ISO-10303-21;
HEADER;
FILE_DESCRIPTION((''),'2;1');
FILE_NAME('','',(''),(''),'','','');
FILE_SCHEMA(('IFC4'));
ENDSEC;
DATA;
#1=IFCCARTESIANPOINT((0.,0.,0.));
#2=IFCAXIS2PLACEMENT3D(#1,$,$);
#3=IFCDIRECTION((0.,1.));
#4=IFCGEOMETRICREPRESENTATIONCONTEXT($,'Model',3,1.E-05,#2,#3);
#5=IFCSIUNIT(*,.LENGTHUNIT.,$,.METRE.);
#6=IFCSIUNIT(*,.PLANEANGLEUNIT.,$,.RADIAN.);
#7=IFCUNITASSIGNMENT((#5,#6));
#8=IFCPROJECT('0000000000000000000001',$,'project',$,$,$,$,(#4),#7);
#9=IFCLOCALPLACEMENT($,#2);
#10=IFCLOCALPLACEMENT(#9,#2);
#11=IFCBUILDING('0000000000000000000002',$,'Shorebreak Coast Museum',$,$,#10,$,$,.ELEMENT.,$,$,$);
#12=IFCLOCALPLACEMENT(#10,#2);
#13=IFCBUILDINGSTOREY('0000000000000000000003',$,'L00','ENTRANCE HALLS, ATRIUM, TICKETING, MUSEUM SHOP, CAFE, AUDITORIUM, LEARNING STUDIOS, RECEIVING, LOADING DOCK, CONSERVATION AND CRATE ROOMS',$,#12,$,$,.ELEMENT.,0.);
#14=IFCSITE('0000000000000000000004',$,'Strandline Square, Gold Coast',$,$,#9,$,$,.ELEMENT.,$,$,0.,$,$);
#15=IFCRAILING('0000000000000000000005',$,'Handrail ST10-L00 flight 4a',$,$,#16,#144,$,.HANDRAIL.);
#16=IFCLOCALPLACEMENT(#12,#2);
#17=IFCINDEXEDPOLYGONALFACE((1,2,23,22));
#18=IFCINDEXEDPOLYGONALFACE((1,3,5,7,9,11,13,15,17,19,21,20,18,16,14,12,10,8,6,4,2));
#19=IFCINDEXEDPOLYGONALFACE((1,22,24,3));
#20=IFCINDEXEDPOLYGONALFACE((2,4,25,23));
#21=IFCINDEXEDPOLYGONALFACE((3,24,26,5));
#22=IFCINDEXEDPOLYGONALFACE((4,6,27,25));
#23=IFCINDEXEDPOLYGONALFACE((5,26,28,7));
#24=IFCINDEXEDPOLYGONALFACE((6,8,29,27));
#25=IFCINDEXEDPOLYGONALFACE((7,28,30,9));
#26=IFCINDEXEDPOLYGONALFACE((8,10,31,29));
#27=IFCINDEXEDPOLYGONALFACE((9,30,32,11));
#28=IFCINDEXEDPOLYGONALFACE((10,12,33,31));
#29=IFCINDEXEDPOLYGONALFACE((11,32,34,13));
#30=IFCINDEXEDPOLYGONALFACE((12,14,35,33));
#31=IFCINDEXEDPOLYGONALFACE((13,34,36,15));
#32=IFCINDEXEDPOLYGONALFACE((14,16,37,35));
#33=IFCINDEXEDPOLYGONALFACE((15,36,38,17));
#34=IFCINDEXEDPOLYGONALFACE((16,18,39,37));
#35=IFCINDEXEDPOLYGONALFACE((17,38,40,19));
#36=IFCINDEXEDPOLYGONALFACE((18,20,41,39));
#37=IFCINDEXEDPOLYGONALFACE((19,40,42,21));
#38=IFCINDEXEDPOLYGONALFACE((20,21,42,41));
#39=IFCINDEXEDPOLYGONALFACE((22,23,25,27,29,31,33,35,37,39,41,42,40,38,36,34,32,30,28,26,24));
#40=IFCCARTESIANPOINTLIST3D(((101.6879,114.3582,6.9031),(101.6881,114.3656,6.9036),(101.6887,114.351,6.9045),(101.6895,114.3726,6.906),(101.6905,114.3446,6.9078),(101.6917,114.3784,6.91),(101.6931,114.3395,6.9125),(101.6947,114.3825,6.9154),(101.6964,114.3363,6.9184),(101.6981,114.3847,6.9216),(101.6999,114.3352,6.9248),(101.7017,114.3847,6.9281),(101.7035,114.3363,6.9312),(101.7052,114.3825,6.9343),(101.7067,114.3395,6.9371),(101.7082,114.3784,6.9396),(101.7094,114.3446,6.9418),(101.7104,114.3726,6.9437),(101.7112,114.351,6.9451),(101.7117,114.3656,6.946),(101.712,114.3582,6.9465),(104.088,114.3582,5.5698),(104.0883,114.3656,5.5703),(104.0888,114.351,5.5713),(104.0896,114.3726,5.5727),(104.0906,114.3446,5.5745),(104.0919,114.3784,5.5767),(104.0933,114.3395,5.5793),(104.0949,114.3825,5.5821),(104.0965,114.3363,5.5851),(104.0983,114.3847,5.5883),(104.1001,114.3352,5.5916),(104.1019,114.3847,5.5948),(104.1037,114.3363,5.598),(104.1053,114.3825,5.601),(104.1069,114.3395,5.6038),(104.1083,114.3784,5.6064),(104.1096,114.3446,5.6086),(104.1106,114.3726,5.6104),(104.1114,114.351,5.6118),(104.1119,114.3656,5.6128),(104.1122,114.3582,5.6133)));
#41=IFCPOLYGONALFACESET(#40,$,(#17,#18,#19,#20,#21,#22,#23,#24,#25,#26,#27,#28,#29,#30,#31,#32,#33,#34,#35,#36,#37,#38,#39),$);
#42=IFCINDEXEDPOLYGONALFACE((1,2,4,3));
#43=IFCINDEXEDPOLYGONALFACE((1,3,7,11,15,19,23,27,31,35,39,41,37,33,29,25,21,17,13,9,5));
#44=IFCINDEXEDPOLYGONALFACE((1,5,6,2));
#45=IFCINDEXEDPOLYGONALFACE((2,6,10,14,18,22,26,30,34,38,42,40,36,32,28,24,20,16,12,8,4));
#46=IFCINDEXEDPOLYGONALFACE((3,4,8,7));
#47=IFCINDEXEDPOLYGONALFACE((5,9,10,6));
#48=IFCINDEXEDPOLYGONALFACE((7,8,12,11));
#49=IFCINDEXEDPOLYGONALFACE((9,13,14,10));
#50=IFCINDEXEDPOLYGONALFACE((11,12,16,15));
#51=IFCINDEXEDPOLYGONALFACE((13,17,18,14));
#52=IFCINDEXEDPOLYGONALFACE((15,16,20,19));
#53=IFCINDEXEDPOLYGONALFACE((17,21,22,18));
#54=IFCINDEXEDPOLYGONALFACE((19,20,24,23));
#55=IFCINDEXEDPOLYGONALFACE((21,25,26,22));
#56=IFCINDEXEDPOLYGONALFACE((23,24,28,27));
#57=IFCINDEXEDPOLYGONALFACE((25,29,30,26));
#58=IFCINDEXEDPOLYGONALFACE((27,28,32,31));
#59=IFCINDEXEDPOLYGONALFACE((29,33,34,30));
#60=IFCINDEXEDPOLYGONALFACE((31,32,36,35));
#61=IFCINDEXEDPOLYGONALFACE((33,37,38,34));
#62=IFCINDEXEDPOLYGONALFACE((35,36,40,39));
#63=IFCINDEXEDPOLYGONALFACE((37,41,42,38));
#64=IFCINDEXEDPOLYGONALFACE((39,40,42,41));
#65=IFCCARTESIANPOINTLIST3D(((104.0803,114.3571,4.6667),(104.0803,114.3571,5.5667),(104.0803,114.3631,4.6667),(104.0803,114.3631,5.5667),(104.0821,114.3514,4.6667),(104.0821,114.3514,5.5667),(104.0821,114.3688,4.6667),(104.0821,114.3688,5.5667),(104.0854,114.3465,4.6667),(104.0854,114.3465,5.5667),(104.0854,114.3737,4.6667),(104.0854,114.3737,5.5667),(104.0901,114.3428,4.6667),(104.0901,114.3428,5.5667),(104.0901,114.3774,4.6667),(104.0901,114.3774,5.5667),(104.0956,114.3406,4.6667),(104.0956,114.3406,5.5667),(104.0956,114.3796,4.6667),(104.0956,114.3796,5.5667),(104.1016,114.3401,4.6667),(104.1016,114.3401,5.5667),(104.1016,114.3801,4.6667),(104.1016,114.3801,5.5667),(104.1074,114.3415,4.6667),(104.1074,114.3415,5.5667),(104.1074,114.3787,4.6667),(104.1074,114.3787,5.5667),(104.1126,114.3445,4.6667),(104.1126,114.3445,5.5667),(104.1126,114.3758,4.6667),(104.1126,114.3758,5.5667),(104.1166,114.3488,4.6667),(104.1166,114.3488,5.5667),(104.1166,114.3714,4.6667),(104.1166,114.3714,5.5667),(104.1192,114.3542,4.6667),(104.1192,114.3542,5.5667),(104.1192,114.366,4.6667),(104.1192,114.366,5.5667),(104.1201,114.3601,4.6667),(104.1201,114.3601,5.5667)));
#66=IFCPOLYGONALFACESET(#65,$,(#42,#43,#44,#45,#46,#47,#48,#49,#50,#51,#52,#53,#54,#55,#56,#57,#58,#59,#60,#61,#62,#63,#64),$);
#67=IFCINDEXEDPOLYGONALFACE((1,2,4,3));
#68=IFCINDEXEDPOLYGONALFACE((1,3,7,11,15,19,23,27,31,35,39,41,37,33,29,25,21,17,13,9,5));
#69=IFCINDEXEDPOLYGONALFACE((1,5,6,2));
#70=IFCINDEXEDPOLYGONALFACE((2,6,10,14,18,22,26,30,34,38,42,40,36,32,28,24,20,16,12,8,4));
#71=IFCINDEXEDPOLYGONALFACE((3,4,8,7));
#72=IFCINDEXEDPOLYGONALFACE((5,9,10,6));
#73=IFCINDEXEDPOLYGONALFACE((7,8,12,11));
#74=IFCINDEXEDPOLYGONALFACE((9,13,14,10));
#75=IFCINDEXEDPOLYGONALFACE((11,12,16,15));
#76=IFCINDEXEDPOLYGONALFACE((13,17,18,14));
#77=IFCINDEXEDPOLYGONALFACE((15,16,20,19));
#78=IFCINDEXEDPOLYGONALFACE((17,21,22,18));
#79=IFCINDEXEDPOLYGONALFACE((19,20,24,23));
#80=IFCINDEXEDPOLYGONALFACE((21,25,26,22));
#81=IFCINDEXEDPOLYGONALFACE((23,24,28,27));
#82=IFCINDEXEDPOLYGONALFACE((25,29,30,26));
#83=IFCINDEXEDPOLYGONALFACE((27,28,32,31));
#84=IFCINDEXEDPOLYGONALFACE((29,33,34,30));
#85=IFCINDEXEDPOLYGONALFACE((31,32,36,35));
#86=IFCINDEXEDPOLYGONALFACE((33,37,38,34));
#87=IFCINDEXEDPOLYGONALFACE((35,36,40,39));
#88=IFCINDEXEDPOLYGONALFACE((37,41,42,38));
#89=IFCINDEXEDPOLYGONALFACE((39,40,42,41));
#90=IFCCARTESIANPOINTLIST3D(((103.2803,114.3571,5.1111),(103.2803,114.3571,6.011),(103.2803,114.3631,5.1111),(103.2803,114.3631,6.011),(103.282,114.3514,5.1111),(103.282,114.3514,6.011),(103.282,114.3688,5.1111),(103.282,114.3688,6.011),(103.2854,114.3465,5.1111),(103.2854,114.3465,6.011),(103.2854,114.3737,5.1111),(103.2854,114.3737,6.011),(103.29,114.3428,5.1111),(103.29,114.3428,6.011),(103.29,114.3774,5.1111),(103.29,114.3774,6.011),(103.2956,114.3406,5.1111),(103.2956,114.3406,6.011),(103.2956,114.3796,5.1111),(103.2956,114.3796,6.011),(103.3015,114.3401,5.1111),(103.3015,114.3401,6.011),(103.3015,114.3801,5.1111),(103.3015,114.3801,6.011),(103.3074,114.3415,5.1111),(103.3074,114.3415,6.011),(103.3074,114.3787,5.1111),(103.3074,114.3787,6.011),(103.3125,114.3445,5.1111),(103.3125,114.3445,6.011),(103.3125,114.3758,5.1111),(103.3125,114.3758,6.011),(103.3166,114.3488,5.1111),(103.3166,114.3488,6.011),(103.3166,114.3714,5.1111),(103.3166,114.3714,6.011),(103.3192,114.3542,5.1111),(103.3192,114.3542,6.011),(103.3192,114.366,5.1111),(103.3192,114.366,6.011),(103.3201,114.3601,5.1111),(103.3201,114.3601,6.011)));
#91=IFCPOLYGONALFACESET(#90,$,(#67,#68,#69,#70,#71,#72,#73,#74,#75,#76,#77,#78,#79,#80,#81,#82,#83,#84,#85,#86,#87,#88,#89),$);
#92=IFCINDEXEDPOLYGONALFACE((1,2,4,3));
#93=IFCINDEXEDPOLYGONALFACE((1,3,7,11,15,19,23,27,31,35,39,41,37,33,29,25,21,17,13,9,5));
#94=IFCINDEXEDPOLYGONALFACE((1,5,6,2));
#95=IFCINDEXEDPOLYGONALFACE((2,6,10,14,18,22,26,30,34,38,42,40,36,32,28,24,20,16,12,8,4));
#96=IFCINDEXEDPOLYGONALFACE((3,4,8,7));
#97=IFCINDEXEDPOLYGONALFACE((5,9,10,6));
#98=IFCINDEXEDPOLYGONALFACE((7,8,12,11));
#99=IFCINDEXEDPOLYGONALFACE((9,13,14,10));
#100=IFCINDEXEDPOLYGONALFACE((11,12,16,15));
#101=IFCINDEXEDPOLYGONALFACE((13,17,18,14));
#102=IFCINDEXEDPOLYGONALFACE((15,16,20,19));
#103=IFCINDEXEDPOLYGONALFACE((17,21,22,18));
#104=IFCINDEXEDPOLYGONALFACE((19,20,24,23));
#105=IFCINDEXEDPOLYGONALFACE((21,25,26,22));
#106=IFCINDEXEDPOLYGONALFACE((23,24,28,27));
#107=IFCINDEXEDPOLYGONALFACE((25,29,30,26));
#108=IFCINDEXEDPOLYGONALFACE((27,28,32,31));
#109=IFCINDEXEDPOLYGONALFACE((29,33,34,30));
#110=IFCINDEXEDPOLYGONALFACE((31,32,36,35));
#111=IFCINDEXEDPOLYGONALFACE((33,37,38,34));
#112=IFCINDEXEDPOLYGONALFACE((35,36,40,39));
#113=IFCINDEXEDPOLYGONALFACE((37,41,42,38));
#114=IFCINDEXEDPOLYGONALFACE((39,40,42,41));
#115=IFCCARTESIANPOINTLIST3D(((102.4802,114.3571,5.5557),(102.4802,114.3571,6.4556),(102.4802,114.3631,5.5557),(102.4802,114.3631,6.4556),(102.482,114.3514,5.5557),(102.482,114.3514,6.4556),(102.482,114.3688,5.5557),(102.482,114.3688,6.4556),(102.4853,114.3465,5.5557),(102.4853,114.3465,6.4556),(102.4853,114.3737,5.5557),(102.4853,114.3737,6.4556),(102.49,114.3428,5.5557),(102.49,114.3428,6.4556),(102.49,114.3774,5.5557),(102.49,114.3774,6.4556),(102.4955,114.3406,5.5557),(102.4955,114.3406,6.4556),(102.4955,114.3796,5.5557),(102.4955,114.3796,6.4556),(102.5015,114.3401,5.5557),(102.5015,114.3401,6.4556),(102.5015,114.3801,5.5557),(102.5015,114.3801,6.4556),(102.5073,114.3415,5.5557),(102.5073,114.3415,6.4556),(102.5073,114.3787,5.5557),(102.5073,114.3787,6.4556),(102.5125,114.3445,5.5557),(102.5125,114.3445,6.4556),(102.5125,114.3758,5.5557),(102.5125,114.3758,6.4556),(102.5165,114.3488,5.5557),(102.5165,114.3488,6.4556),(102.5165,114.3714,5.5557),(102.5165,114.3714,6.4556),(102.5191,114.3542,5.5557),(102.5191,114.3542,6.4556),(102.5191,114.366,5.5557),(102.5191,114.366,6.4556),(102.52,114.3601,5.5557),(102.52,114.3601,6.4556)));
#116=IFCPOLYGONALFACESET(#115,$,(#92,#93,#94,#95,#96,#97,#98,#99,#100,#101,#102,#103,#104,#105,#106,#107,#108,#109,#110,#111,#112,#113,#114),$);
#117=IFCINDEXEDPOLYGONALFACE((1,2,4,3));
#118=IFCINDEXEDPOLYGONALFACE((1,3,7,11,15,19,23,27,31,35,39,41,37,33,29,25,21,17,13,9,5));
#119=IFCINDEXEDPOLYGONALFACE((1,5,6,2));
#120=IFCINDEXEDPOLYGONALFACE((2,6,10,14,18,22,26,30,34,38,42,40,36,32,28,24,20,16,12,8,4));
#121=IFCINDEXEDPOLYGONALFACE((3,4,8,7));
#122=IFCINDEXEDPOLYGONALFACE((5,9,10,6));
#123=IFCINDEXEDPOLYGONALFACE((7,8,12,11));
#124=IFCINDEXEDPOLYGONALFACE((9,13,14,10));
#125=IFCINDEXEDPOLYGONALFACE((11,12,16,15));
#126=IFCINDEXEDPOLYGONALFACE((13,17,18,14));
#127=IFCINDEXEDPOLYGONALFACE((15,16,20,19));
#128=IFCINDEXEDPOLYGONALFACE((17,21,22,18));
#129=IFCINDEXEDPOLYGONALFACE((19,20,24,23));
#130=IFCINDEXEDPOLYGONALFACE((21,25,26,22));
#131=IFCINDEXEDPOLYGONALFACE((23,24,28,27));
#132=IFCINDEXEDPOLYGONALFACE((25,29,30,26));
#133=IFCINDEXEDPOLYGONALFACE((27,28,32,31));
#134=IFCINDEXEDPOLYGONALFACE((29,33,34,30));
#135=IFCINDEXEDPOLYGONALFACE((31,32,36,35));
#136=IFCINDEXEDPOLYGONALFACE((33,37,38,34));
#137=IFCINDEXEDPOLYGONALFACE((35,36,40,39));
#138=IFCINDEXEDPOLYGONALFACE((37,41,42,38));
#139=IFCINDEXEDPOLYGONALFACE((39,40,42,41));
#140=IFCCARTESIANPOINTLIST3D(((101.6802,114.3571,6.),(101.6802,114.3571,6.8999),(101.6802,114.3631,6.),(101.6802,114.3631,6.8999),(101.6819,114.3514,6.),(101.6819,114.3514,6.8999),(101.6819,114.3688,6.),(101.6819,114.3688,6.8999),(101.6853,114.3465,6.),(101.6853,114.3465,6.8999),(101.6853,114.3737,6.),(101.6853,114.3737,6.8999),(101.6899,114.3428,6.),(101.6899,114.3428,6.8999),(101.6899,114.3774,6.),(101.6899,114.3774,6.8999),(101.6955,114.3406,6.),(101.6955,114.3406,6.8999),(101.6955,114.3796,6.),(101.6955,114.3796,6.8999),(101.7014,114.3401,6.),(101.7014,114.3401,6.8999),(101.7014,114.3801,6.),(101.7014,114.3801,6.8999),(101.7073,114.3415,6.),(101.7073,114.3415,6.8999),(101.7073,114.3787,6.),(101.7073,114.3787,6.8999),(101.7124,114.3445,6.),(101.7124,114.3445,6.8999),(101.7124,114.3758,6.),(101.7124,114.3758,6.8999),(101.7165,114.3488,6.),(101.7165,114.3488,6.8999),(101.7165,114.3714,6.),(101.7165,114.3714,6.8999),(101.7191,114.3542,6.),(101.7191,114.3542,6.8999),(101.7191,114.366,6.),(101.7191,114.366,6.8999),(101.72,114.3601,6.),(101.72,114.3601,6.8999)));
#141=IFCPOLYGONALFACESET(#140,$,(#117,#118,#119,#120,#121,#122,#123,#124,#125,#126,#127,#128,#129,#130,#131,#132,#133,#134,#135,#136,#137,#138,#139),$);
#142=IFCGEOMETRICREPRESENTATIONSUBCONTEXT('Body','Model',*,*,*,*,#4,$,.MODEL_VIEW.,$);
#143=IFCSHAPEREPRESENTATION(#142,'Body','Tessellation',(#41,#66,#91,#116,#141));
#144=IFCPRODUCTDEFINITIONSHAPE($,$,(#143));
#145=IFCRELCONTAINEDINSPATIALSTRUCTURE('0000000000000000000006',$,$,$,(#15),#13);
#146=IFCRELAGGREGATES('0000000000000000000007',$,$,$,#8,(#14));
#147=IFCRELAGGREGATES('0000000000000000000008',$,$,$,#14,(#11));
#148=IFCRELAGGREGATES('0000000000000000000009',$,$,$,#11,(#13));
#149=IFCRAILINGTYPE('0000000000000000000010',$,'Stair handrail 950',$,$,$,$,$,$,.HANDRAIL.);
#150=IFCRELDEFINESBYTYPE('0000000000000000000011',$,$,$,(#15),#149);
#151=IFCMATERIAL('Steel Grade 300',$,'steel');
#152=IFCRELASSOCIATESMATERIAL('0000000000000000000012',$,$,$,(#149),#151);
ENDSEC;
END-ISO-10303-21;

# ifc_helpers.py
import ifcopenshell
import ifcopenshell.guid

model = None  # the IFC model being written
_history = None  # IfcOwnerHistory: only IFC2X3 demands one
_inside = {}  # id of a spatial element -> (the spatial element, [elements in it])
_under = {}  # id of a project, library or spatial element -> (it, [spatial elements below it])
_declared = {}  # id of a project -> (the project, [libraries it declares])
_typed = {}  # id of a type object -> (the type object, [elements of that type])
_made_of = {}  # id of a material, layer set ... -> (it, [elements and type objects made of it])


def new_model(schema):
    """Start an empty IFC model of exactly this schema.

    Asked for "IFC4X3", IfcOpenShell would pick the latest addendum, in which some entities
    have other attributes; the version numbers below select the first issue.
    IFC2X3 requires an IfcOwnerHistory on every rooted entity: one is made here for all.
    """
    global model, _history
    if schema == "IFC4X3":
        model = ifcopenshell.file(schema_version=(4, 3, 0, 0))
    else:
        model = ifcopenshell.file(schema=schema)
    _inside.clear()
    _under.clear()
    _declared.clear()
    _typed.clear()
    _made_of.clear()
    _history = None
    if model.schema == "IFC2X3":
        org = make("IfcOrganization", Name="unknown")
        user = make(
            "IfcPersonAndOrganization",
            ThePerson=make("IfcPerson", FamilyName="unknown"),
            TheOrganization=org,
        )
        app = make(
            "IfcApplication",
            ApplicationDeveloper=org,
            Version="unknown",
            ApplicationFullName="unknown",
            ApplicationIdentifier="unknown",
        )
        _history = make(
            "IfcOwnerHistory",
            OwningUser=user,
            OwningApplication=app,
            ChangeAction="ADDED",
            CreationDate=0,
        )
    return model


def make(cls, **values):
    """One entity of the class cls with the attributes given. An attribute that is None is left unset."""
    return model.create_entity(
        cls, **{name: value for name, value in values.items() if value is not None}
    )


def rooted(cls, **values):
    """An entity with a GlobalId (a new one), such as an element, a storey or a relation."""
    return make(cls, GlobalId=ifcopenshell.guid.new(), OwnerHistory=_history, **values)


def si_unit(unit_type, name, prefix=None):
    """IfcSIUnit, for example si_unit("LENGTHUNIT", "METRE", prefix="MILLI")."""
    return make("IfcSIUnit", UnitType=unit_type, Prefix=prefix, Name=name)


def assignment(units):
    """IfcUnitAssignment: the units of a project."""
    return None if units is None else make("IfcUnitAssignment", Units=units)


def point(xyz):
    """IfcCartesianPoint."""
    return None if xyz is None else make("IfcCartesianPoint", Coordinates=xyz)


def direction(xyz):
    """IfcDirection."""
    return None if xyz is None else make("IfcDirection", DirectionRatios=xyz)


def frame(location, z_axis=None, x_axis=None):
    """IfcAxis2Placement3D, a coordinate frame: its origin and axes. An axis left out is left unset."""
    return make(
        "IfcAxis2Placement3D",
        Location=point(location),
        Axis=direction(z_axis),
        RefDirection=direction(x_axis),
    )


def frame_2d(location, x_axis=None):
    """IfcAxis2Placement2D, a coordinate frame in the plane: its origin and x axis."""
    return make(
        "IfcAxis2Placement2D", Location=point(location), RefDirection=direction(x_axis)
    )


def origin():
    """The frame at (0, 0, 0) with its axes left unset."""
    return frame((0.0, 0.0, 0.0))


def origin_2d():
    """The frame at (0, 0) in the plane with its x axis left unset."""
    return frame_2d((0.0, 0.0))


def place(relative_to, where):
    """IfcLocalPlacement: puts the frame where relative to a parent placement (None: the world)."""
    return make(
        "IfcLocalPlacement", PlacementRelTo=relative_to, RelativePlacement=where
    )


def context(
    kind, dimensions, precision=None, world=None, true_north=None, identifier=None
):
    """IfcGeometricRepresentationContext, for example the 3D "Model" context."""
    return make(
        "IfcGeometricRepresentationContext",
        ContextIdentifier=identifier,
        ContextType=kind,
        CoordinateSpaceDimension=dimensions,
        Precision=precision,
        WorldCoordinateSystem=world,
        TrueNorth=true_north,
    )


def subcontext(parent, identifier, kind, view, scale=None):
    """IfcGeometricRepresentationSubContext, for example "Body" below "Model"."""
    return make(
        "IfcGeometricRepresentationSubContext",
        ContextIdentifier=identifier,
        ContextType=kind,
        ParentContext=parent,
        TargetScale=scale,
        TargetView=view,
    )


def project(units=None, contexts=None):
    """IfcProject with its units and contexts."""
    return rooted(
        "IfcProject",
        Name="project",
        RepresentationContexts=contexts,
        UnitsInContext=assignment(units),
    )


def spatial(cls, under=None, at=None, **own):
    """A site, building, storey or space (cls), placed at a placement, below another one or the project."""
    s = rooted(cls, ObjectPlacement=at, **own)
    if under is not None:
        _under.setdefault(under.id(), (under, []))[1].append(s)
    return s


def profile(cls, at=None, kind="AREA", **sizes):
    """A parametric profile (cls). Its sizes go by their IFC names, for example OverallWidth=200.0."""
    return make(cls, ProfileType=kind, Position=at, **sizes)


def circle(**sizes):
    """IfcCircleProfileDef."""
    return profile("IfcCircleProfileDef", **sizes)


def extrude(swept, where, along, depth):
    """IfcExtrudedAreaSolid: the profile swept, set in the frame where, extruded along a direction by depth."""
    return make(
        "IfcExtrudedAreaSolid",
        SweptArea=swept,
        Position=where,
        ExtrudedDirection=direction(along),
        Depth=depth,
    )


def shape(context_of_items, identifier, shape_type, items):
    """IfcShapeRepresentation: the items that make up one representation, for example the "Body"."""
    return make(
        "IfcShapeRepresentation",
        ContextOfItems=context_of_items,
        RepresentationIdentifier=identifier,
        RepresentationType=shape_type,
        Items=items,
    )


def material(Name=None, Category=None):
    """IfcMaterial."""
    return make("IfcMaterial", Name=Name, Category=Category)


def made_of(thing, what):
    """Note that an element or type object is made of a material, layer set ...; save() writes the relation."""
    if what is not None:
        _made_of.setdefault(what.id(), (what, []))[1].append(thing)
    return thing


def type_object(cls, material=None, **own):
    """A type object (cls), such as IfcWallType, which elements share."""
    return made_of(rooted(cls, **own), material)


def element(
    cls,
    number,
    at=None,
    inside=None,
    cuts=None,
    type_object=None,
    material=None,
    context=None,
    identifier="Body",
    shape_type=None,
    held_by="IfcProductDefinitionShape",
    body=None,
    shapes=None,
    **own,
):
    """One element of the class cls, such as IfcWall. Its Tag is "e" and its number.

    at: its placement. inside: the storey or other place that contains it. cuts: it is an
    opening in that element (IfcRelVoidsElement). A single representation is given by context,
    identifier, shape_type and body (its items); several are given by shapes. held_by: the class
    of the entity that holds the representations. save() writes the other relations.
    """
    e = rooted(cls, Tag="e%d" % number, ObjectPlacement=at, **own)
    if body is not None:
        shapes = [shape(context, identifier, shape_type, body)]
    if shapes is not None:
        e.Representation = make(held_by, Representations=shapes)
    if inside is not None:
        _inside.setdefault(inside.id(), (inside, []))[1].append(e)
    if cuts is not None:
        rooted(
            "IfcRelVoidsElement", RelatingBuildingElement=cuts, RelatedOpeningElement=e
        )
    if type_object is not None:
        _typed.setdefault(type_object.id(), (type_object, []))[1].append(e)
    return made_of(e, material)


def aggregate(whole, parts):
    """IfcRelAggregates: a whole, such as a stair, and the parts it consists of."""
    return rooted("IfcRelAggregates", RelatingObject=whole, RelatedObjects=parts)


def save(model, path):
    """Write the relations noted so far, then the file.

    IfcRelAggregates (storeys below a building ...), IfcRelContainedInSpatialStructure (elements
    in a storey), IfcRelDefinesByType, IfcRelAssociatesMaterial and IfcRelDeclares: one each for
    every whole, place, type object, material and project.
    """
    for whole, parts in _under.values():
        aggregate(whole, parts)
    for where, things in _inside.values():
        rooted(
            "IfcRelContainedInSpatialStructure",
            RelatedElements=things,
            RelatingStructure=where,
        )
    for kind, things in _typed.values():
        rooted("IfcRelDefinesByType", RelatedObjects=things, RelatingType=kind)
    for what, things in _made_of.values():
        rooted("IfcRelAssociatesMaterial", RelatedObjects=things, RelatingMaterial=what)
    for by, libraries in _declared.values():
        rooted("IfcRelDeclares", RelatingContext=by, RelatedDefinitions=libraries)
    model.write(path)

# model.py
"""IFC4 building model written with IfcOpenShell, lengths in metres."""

from ifc_helpers import new_model, si_unit, direction, frame, origin, origin_2d, place, context, subcontext, project, spatial, circle, extrude, material, type_object, element, save


model = new_model("IFC4")

# Units and contexts
model_context = context("Model", 3, precision=1e-05, world=origin(), true_north=direction((0.0, 1.0)))
body_context = subcontext(model_context, "Body", "Model", "MODEL_VIEW")
ifc_project = project(units=[si_unit("LENGTHUNIT", "METRE"), si_unit("PLANEANGLEUNIT", "RADIAN")], contexts=[model_context])

# Site, building, storey
site_placement = place(None, origin())
site = spatial("IfcSite", under=ifc_project, at=site_placement, Name="Strandline Square, Gold Coast", CompositionType="ELEMENT", RefElevation=0.0)
building_placement = place(site_placement, origin())
building = spatial("IfcBuilding", under=site, at=building_placement, Name="Shorebreak Coast Museum", CompositionType="ELEMENT")
storey_placement = place(building_placement, origin())
storey = spatial("IfcBuildingStorey", under=building, at=storey_placement, Name="L00", Description="ENTRANCE HALLS, ATRIUM, TICKETING, MUSEUM SHOP, CAFE, AUDITORIUM, LEARNING STUDIOS, RECEIVING, LOADING DOCK, CONSERVATION AND CRATE ROOMS", CompositionType="ELEMENT", Elevation=0.0)

# Railing
ifc_material_1 = material(Name="Steel Grade 300", Category="steel")
railing_type_1 = type_object("IfcRailingType", Name="Stair handrail 950", PredefinedType="HANDRAIL", material=ifc_material_1)
for number, where, name in (
    (1, (104.1001, 114.3601, 4.6667), "Handrail ST10-L00 flight 4a"),
):
    element("IfcRailing", number, at=place(storey_placement, frame(where)), inside=storey, type_object=railing_type_1, Name=name, PredefinedType="HANDRAIL", context=body_context, shape_type="SweptSolid", body=[
        extrude(circle(Radius=0.0249, at=origin_2d()), frame((0.0, 0.0, 0.9248), z_axis=(-0.874182, 0.0, 0.485598), x_axis=(0.0, -1.0, 0.0)), (0.0, 0.0, 1.0), 2.7456),
        extrude(circle(Radius=0.02, at=origin_2d()), origin(), (0.0, 0.0, 1.0), 0.8999),
        extrude(circle(Radius=0.02, at=origin_2d()), frame((-0.8, 0.0, 0.4443)), (0.0, 0.0, 1.0), 0.8999),
        extrude(circle(Radius=0.02, at=origin_2d()), frame((-1.6001, 0.0, 0.8889)), (0.0, 0.0, 1.0), 0.8999),
        extrude(circle(Radius=0.02, at=origin_2d()), frame((-2.4001, 0.0, 1.3333)), (0.0, 0.0, 1.0), 0.8999),
    ])

save(model, "model.ifc")
